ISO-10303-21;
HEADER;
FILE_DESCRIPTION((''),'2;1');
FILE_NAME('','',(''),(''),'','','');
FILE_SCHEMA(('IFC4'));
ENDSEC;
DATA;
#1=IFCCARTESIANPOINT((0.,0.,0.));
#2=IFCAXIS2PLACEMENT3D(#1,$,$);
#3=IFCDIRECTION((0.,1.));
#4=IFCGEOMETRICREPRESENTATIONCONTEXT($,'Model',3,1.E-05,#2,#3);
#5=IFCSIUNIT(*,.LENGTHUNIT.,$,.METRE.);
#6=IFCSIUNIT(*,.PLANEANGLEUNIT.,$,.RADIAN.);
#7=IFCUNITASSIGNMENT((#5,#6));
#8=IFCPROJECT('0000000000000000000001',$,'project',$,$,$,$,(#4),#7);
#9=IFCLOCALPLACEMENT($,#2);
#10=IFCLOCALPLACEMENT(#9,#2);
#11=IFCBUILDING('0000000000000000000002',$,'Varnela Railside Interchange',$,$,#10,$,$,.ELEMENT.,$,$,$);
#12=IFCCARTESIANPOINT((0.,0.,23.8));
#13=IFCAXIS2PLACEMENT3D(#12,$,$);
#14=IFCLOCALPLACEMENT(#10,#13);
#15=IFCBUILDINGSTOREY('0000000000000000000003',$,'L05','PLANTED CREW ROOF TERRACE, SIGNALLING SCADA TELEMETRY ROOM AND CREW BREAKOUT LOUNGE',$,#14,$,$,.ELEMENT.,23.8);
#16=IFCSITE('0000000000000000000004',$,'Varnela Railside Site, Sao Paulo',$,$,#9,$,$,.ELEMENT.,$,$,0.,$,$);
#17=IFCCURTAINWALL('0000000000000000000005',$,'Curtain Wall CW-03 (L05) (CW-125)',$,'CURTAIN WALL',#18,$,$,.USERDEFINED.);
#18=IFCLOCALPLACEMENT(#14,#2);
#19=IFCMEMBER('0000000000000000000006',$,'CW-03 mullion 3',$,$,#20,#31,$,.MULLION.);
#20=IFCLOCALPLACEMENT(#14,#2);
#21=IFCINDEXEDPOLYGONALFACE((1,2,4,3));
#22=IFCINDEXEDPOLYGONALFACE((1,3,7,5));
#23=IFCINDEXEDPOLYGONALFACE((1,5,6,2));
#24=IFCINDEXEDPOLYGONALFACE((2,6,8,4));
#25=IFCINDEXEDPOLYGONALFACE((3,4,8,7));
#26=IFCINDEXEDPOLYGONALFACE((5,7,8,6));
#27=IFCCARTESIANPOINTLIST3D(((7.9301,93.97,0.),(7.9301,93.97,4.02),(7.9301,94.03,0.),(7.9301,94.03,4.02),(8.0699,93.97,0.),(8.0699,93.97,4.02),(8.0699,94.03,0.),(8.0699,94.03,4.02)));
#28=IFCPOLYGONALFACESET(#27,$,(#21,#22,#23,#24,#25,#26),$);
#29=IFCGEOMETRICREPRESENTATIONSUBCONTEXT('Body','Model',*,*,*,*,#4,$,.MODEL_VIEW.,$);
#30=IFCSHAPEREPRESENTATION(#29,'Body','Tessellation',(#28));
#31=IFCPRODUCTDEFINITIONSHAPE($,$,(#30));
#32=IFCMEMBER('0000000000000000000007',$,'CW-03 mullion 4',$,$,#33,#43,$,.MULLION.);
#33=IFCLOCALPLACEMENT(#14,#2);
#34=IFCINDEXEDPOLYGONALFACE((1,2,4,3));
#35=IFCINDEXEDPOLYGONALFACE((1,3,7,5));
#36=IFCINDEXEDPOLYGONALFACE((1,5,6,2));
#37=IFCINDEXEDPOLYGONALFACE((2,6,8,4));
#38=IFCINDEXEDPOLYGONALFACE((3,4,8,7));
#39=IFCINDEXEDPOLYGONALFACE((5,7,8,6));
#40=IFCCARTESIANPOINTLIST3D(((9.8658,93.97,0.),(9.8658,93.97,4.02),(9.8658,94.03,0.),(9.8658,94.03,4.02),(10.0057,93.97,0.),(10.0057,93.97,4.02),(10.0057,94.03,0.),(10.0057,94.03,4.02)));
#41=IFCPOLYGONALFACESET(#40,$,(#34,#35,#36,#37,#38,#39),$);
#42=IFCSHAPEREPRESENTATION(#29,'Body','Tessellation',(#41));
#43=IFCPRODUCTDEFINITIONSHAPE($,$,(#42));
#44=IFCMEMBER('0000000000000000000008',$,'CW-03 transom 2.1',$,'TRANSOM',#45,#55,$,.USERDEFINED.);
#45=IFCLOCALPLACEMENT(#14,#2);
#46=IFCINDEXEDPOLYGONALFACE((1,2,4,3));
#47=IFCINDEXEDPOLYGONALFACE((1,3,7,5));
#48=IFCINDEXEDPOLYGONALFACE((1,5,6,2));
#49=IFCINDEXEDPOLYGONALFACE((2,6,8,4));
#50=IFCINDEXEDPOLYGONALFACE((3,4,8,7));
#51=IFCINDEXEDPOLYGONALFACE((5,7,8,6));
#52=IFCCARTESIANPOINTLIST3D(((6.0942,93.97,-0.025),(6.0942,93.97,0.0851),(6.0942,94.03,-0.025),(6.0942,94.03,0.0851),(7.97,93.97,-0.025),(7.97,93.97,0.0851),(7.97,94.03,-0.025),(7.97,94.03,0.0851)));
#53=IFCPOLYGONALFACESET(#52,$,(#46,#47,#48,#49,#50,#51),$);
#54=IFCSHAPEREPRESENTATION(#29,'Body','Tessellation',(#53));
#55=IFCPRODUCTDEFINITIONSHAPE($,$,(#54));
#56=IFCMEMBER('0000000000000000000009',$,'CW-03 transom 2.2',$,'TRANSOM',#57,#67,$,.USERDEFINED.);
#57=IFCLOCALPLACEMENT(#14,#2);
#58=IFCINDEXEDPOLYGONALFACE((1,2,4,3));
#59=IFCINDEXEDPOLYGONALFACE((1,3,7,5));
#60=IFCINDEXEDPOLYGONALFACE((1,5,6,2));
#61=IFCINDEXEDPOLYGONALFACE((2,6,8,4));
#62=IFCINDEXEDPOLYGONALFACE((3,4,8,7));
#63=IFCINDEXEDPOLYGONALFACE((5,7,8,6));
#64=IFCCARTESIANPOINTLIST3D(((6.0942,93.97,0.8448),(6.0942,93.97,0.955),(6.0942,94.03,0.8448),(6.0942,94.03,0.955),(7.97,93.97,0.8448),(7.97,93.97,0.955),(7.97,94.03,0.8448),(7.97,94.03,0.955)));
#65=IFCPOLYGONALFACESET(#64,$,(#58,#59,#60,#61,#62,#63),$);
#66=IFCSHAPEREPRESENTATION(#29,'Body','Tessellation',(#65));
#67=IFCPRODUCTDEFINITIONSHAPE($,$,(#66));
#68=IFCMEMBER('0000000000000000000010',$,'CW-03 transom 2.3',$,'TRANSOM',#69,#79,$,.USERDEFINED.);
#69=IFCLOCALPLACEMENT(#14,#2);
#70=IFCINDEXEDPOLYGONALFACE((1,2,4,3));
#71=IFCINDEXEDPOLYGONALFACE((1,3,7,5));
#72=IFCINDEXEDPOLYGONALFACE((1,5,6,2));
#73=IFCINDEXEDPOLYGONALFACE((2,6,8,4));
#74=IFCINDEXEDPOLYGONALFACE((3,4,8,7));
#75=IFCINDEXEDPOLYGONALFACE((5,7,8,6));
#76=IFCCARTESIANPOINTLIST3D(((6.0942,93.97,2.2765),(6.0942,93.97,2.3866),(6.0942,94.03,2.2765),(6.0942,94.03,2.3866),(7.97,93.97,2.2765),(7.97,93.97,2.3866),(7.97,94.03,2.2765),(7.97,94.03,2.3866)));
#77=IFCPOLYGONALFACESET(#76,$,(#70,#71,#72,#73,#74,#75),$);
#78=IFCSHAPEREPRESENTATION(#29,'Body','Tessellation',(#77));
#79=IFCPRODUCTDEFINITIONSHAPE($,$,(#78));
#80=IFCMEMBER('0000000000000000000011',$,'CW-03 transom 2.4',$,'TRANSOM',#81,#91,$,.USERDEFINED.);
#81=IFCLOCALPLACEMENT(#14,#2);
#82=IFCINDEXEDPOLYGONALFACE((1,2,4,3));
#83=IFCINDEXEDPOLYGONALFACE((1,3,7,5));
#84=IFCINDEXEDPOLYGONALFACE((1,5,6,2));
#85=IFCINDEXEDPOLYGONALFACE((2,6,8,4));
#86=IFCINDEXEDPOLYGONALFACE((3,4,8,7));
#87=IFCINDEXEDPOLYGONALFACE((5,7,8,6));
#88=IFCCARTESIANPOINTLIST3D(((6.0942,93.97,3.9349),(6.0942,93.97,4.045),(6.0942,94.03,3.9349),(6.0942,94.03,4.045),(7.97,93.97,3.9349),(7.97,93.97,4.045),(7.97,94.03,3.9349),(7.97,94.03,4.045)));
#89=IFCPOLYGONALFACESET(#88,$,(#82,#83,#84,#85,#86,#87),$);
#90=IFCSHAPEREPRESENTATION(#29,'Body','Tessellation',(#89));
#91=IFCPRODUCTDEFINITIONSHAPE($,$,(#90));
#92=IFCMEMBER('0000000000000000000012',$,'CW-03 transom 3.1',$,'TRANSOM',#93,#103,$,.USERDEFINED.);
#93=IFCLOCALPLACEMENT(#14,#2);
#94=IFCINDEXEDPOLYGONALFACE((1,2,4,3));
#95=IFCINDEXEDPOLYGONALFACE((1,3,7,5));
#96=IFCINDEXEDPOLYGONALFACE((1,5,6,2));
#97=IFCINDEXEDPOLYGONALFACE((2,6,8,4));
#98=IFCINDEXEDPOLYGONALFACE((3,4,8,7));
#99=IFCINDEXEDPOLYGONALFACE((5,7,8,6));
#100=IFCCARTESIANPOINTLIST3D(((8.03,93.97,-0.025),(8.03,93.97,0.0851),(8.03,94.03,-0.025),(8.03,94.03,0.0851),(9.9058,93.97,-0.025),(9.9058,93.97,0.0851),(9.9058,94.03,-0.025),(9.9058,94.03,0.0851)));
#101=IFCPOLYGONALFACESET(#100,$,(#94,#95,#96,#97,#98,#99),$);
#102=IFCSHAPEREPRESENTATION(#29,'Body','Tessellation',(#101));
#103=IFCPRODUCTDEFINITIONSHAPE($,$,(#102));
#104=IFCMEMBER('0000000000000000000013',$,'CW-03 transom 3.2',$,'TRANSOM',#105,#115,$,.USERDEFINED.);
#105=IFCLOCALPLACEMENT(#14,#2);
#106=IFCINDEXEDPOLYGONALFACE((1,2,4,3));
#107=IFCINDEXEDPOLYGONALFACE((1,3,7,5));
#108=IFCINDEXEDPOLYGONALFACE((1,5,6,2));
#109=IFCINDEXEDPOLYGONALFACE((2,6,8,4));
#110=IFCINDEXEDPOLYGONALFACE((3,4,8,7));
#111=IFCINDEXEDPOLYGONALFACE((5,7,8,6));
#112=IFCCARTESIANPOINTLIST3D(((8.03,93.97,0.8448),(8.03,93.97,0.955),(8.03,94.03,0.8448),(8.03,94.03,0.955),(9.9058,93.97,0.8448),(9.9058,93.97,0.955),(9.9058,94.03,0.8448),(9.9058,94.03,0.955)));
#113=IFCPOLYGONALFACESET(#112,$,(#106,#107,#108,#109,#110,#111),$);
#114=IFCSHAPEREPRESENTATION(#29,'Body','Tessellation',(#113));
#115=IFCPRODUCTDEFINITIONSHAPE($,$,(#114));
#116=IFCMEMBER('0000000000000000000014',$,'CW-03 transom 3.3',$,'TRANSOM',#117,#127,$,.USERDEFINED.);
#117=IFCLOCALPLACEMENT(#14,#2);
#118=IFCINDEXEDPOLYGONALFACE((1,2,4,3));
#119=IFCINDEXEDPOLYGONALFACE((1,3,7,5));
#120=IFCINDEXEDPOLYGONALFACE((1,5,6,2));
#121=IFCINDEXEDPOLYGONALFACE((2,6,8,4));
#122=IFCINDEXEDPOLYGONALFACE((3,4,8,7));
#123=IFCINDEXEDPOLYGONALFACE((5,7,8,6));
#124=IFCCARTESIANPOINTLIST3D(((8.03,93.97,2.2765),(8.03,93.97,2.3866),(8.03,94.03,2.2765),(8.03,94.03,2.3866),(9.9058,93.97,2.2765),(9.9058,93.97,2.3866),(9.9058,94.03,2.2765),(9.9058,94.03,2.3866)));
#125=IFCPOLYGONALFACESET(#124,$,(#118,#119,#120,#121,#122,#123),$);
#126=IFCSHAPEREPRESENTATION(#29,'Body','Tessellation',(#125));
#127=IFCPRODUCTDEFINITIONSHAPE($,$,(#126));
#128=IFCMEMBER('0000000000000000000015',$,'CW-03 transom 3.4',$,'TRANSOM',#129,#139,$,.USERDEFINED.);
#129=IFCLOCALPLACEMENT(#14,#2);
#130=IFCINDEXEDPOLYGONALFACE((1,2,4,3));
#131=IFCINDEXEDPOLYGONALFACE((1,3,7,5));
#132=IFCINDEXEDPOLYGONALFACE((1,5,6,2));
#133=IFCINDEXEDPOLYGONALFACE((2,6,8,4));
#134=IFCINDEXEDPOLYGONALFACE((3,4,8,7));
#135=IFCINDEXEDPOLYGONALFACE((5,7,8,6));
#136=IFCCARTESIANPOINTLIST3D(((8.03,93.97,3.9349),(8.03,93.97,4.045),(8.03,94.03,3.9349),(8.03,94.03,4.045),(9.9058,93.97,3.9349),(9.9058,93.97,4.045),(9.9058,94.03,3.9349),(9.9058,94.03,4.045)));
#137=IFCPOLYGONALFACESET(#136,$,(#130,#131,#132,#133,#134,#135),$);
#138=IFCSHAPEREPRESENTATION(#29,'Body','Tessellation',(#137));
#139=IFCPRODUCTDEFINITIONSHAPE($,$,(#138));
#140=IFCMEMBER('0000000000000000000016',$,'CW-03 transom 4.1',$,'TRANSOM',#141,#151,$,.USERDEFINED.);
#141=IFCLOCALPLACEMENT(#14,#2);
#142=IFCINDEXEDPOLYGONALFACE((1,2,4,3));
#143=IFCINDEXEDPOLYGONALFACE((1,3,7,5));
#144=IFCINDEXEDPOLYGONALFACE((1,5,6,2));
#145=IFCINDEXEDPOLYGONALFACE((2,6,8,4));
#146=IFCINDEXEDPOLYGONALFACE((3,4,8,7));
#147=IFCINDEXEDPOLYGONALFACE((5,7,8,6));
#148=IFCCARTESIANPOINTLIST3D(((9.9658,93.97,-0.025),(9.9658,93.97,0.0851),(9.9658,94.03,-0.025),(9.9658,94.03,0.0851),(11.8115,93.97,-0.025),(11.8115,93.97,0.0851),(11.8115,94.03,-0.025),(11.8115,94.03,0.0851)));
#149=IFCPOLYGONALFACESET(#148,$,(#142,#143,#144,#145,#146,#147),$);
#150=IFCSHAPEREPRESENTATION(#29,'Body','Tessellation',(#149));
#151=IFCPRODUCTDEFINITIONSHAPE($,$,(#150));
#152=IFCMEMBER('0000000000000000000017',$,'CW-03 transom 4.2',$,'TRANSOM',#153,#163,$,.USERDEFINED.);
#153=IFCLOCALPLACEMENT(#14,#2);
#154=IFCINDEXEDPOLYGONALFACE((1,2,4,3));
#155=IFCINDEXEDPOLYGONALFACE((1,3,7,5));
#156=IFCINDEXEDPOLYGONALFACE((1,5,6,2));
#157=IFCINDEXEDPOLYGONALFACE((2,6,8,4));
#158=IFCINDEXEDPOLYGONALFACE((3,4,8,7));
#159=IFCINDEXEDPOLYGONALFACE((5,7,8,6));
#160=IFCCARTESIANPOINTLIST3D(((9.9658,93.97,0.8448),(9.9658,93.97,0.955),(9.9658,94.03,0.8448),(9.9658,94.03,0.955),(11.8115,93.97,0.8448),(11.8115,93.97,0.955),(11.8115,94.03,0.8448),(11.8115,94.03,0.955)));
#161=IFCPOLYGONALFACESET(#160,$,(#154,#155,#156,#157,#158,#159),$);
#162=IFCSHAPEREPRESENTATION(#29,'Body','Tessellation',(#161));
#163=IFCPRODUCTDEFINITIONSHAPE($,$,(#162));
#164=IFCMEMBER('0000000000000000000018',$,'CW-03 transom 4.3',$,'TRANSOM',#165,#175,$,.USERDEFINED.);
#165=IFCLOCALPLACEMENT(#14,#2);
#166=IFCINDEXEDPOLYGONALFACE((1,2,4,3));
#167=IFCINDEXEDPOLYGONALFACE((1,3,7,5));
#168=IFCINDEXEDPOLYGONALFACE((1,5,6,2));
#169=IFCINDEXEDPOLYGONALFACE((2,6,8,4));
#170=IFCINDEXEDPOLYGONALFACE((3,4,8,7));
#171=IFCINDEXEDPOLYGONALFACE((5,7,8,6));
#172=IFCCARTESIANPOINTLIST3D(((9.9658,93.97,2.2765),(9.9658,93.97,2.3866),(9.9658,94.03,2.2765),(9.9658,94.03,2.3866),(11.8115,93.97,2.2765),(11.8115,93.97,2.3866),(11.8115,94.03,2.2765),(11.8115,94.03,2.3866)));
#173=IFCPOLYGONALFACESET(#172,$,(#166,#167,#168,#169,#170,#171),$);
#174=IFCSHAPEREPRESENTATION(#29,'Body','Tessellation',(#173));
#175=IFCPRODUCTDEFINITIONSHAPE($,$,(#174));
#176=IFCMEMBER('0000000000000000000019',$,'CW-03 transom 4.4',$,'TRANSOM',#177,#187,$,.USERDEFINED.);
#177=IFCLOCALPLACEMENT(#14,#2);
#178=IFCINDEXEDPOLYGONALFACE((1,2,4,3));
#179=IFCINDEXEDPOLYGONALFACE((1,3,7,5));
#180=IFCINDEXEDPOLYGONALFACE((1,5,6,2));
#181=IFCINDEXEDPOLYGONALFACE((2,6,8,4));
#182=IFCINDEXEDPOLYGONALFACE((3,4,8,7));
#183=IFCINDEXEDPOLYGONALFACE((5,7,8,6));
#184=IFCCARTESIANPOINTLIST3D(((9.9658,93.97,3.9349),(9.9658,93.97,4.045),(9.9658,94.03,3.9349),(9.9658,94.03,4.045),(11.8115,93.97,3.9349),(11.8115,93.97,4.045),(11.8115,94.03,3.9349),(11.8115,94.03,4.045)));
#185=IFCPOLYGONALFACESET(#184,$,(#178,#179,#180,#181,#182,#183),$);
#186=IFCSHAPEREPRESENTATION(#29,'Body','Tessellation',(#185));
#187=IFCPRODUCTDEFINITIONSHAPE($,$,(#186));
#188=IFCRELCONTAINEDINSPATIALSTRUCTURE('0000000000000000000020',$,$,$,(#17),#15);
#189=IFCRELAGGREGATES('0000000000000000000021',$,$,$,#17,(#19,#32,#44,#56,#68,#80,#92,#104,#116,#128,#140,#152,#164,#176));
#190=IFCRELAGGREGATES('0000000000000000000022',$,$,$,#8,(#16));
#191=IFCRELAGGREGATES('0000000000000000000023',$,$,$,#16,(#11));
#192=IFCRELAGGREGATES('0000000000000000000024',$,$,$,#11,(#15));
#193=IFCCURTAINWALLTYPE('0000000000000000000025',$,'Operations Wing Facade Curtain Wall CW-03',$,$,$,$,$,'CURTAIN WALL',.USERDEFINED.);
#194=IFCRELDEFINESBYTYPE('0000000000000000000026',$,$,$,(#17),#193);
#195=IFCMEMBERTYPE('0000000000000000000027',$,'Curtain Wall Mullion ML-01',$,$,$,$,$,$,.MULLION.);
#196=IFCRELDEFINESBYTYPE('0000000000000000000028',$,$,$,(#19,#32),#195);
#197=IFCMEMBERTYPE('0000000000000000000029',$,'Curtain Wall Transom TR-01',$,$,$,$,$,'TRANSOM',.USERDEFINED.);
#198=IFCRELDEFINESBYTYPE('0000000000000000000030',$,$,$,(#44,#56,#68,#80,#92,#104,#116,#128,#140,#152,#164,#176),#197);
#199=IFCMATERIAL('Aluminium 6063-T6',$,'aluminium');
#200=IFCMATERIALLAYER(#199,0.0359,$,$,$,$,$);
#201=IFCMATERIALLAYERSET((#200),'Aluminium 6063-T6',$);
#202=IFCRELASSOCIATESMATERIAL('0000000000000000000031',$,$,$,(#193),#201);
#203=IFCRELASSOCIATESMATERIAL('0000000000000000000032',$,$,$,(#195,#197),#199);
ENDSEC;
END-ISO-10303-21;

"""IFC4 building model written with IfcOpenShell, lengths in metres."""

from ifc_helpers import new_model, si_unit, direction, frame, origin, origin_2d, place, context, subcontext, project, spatial, rectangle, extrude, material, layer, layer_set, material_profile, profile_set, type_object, element, aggregate, save


model = new_model("IFC4")

# Units and contexts
model_context = context("Model", 3, precision=1e-05, world=origin(), true_north=direction((0.0, 1.0)))
body_context = subcontext(model_context, "Body", "Model", "MODEL_VIEW")
ifc_project = project(units=[si_unit("LENGTHUNIT", "METRE"), si_unit("PLANEANGLEUNIT", "RADIAN")], contexts=[model_context])

# Site, building, storey
site_placement = place(None, origin())
site = spatial("IfcSite", under=ifc_project, at=site_placement, Name="Varnela Railside Site, Sao Paulo", CompositionType="ELEMENT", RefElevation=0.0)
building_placement = place(site_placement, origin())
building = spatial("IfcBuilding", under=site, at=building_placement, Name="Varnela Railside Interchange", CompositionType="ELEMENT")
storey_placement = place(building_placement, frame((0.0, 0.0, 23.8)))
storey = spatial("IfcBuildingStorey", under=building, at=storey_placement, Name="L05", Description="PLANTED CREW ROOF TERRACE, SIGNALLING SCADA TELEMETRY ROOM AND CREW BREAKOUT LOUNGE", CompositionType="ELEMENT", Elevation=23.8)

# Curtain wall, members
ifc_material_1 = material(Name="Aluminium 6063-T6", Category="aluminium")
ifc_layer_1 = layer(ifc_material_1, 0.0359)
ifc_layer_set_1 = layer_set([ifc_layer_1], Name="Aluminium 6063-T6")
curtain_wall_type = type_object("IfcCurtainWallType", Name="Operations Wing Facade Curtain Wall CW-03", ElementType="CURTAIN WALL", PredefinedType="USERDEFINED", material=ifc_layer_set_1)
curtain_wall_placement = place(storey_placement, origin())
curtain_wall = element("IfcCurtainWall", 1, at=curtain_wall_placement, inside=storey, type_object=curtain_wall_type, Name="Curtain Wall CW-03 (L05) (CW-125)", ObjectType="CURTAIN WALL", PredefinedType="USERDEFINED")
ifc_material_profile_1 = material_profile(ifc_material_1, rectangle(XDim=0.0601, YDim=0.1399, at=origin_2d()), Name="ALU 60x140")
ifc_profile_set_1 = profile_set([ifc_material_profile_1], Name="Aluminium 6063-T6")
member_type_1 = type_object("IfcMemberType", Name="Curtain Wall Mullion ML-01", PredefinedType="MULLION", material=ifc_profile_set_1)
member_1_placement = place(storey_placement, frame((8.0, 94.0, 0.0), z_axis=(0.0, 0.0, 1.0), x_axis=(0.0, 1.0, 0.0)))
member_1 = element("IfcMember", 2, at=member_1_placement, type_object=member_type_1, Name="CW-03 mullion 3", PredefinedType="MULLION", context=body_context, shape_type="SweptSolid", body=[
    extrude(rectangle(XDim=0.0601, YDim=0.1399, at=origin_2d()), origin(), (0.0, 0.0, 1.0), 4.02),
])
member_2_placement = place(storey_placement, frame((9.9358, 94.0, 0.0), z_axis=(0.0, 0.0, 1.0), x_axis=(0.0, 1.0, 0.0)))
member_2 = element("IfcMember", 3, at=member_2_placement, type_object=member_type_1, Name="CW-03 mullion 4", PredefinedType="MULLION", context=body_context, shape_type="SweptSolid", body=[
    extrude(rectangle(XDim=0.0601, YDim=0.1399, at=origin_2d()), origin(), (0.0, 0.0, 1.0), 4.02),
])
ifc_material_profile_2 = material_profile(ifc_material_1, rectangle(XDim=0.0601, YDim=0.1101, at=origin_2d()), Name="ALU 60x110")
ifc_profile_set_2 = profile_set([ifc_material_profile_2], Name="Aluminium 6063-T6")
member_type_2 = type_object("IfcMemberType", Name="Curtain Wall Transom TR-01", ElementType="TRANSOM", PredefinedType="USERDEFINED", material=ifc_profile_set_2)
member_3_placement = place(storey_placement, frame((6.0942, 94.0, 0.03), z_axis=(1.0, 0.0, 0.0), x_axis=(0.0, 1.0, 0.0)))
member_3 = element("IfcMember", 4, at=member_3_placement, type_object=member_type_2, Name="CW-03 transom 2.1", ObjectType="TRANSOM", PredefinedType="USERDEFINED", context=body_context, shape_type="SweptSolid", body=[
    extrude(rectangle(XDim=0.0601, YDim=0.1101, at=origin_2d()), origin(), (0.0, 0.0, 1.0), 1.8757),
])
member_4_placement = place(storey_placement, frame((6.0942, 94.0, 0.8999), z_axis=(1.0, 0.0, 0.0), x_axis=(0.0, 1.0, 0.0)))
member_4 = element("IfcMember", 5, at=member_4_placement, type_object=member_type_2, Name="CW-03 transom 2.2", ObjectType="TRANSOM", PredefinedType="USERDEFINED", context=body_context, shape_type="SweptSolid", body=[
    extrude(rectangle(XDim=0.0601, YDim=0.1101, at=origin_2d()), origin(), (0.0, 0.0, 1.0), 1.8757),
])
member_5_placement = place(storey_placement, frame((6.0942, 94.0, 2.3315), z_axis=(1.0, 0.0, 0.0), x_axis=(0.0, 1.0, 0.0)))
member_5 = element("IfcMember", 6, at=member_5_placement, type_object=member_type_2, Name="CW-03 transom 2.3", ObjectType="TRANSOM", PredefinedType="USERDEFINED", context=body_context, shape_type="SweptSolid", body=[
    extrude(rectangle(XDim=0.0601, YDim=0.1101, at=origin_2d()), origin(), (0.0, 0.0, 1.0), 1.8757),
])
member_6_placement = place(storey_placement, frame((6.0942, 94.0, 3.99), z_axis=(1.0, 0.0, 0.0), x_axis=(0.0, 1.0, 0.0)))
member_6 = element("IfcMember", 7, at=member_6_placement, type_object=member_type_2, Name="CW-03 transom 2.4", ObjectType="TRANSOM", PredefinedType="USERDEFINED", context=body_context, shape_type="SweptSolid", body=[
    extrude(rectangle(XDim=0.0601, YDim=0.1101, at=origin_2d()), origin(), (0.0, 0.0, 1.0), 1.8757),
])
member_7_placement = place(storey_placement, frame((8.03, 94.0, 0.03), z_axis=(1.0, 0.0, 0.0), x_axis=(0.0, 1.0, 0.0)))
member_7 = element("IfcMember", 8, at=member_7_placement, type_object=member_type_2, Name="CW-03 transom 3.1", ObjectType="TRANSOM", PredefinedType="USERDEFINED", context=body_context, shape_type="SweptSolid", body=[
    extrude(rectangle(XDim=0.0601, YDim=0.1101, at=origin_2d()), origin(), (0.0, 0.0, 1.0), 1.8757),
])
member_8_placement = place(storey_placement, frame((8.03, 94.0, 0.8999), z_axis=(1.0, 0.0, 0.0), x_axis=(0.0, 1.0, 0.0)))
member_8 = element("IfcMember", 9, at=member_8_placement, type_object=member_type_2, Name="CW-03 transom 3.2", ObjectType="TRANSOM", PredefinedType="USERDEFINED", context=body_context, shape_type="SweptSolid", body=[
    extrude(rectangle(XDim=0.0601, YDim=0.1101, at=origin_2d()), origin(), (0.0, 0.0, 1.0), 1.8757),
])
member_9_placement = place(storey_placement, frame((8.03, 94.0, 2.3315), z_axis=(1.0, 0.0, 0.0), x_axis=(0.0, 1.0, 0.0)))
member_9 = element("IfcMember", 10, at=member_9_placement, type_object=member_type_2, Name="CW-03 transom 3.3", ObjectType="TRANSOM", PredefinedType="USERDEFINED", context=body_context, shape_type="SweptSolid", body=[
    extrude(rectangle(XDim=0.0601, YDim=0.1101, at=origin_2d()), origin(), (0.0, 0.0, 1.0), 1.8757),
])
member_10_placement = place(storey_placement, frame((8.03, 94.0, 3.99), z_axis=(1.0, 0.0, 0.0), x_axis=(0.0, 1.0, 0.0)))
member_10 = element("IfcMember", 11, at=member_10_placement, type_object=member_type_2, Name="CW-03 transom 3.4", ObjectType="TRANSOM", PredefinedType="USERDEFINED", context=body_context, shape_type="SweptSolid", body=[
    extrude(rectangle(XDim=0.0601, YDim=0.1101, at=origin_2d()), origin(), (0.0, 0.0, 1.0), 1.8757),
])
member_11_placement = place(storey_placement, frame((9.9658, 94.0, 0.03), z_axis=(1.0, 0.0, 0.0), x_axis=(0.0, 1.0, 0.0)))
member_11 = element("IfcMember", 12, at=member_11_placement, type_object=member_type_2, Name="CW-03 transom 4.1", ObjectType="TRANSOM", PredefinedType="USERDEFINED", context=body_context, shape_type="SweptSolid", body=[
    extrude(rectangle(XDim=0.0601, YDim=0.1101, at=origin_2d()), origin(), (0.0, 0.0, 1.0), 1.8457),
])
member_12_placement = place(storey_placement, frame((9.9658, 94.0, 0.8999), z_axis=(1.0, 0.0, 0.0), x_axis=(0.0, 1.0, 0.0)))
member_12 = element("IfcMember", 13, at=member_12_placement, type_object=member_type_2, Name="CW-03 transom 4.2", ObjectType="TRANSOM", PredefinedType="USERDEFINED", context=body_context, shape_type="SweptSolid", body=[
    extrude(rectangle(XDim=0.0601, YDim=0.1101, at=origin_2d()), origin(), (0.0, 0.0, 1.0), 1.8457),
])
member_13_placement = place(storey_placement, frame((9.9658, 94.0, 2.3315), z_axis=(1.0, 0.0, 0.0), x_axis=(0.0, 1.0, 0.0)))
member_13 = element("IfcMember", 14, at=member_13_placement, type_object=member_type_2, Name="CW-03 transom 4.3", ObjectType="TRANSOM", PredefinedType="USERDEFINED", context=body_context, shape_type="SweptSolid", body=[
    extrude(rectangle(XDim=0.0601, YDim=0.1101, at=origin_2d()), origin(), (0.0, 0.0, 1.0), 1.8457),
])
member_14_placement = place(storey_placement, frame((9.9658, 94.0, 3.99), z_axis=(1.0, 0.0, 0.0), x_axis=(0.0, 1.0, 0.0)))
member_14 = element("IfcMember", 15, at=member_14_placement, type_object=member_type_2, Name="CW-03 transom 4.4", ObjectType="TRANSOM", PredefinedType="USERDEFINED", context=body_context, shape_type="SweptSolid", body=[
    extrude(rectangle(XDim=0.0601, YDim=0.1101, at=origin_2d()), origin(), (0.0, 0.0, 1.0), 1.8457),
])
aggregate(curtain_wall, [member_1, member_2, member_3, member_4, member_5, member_6, member_7, member_8, member_9, member_10, member_11, member_12, member_13, member_14])

save(model, "model.ifc")
